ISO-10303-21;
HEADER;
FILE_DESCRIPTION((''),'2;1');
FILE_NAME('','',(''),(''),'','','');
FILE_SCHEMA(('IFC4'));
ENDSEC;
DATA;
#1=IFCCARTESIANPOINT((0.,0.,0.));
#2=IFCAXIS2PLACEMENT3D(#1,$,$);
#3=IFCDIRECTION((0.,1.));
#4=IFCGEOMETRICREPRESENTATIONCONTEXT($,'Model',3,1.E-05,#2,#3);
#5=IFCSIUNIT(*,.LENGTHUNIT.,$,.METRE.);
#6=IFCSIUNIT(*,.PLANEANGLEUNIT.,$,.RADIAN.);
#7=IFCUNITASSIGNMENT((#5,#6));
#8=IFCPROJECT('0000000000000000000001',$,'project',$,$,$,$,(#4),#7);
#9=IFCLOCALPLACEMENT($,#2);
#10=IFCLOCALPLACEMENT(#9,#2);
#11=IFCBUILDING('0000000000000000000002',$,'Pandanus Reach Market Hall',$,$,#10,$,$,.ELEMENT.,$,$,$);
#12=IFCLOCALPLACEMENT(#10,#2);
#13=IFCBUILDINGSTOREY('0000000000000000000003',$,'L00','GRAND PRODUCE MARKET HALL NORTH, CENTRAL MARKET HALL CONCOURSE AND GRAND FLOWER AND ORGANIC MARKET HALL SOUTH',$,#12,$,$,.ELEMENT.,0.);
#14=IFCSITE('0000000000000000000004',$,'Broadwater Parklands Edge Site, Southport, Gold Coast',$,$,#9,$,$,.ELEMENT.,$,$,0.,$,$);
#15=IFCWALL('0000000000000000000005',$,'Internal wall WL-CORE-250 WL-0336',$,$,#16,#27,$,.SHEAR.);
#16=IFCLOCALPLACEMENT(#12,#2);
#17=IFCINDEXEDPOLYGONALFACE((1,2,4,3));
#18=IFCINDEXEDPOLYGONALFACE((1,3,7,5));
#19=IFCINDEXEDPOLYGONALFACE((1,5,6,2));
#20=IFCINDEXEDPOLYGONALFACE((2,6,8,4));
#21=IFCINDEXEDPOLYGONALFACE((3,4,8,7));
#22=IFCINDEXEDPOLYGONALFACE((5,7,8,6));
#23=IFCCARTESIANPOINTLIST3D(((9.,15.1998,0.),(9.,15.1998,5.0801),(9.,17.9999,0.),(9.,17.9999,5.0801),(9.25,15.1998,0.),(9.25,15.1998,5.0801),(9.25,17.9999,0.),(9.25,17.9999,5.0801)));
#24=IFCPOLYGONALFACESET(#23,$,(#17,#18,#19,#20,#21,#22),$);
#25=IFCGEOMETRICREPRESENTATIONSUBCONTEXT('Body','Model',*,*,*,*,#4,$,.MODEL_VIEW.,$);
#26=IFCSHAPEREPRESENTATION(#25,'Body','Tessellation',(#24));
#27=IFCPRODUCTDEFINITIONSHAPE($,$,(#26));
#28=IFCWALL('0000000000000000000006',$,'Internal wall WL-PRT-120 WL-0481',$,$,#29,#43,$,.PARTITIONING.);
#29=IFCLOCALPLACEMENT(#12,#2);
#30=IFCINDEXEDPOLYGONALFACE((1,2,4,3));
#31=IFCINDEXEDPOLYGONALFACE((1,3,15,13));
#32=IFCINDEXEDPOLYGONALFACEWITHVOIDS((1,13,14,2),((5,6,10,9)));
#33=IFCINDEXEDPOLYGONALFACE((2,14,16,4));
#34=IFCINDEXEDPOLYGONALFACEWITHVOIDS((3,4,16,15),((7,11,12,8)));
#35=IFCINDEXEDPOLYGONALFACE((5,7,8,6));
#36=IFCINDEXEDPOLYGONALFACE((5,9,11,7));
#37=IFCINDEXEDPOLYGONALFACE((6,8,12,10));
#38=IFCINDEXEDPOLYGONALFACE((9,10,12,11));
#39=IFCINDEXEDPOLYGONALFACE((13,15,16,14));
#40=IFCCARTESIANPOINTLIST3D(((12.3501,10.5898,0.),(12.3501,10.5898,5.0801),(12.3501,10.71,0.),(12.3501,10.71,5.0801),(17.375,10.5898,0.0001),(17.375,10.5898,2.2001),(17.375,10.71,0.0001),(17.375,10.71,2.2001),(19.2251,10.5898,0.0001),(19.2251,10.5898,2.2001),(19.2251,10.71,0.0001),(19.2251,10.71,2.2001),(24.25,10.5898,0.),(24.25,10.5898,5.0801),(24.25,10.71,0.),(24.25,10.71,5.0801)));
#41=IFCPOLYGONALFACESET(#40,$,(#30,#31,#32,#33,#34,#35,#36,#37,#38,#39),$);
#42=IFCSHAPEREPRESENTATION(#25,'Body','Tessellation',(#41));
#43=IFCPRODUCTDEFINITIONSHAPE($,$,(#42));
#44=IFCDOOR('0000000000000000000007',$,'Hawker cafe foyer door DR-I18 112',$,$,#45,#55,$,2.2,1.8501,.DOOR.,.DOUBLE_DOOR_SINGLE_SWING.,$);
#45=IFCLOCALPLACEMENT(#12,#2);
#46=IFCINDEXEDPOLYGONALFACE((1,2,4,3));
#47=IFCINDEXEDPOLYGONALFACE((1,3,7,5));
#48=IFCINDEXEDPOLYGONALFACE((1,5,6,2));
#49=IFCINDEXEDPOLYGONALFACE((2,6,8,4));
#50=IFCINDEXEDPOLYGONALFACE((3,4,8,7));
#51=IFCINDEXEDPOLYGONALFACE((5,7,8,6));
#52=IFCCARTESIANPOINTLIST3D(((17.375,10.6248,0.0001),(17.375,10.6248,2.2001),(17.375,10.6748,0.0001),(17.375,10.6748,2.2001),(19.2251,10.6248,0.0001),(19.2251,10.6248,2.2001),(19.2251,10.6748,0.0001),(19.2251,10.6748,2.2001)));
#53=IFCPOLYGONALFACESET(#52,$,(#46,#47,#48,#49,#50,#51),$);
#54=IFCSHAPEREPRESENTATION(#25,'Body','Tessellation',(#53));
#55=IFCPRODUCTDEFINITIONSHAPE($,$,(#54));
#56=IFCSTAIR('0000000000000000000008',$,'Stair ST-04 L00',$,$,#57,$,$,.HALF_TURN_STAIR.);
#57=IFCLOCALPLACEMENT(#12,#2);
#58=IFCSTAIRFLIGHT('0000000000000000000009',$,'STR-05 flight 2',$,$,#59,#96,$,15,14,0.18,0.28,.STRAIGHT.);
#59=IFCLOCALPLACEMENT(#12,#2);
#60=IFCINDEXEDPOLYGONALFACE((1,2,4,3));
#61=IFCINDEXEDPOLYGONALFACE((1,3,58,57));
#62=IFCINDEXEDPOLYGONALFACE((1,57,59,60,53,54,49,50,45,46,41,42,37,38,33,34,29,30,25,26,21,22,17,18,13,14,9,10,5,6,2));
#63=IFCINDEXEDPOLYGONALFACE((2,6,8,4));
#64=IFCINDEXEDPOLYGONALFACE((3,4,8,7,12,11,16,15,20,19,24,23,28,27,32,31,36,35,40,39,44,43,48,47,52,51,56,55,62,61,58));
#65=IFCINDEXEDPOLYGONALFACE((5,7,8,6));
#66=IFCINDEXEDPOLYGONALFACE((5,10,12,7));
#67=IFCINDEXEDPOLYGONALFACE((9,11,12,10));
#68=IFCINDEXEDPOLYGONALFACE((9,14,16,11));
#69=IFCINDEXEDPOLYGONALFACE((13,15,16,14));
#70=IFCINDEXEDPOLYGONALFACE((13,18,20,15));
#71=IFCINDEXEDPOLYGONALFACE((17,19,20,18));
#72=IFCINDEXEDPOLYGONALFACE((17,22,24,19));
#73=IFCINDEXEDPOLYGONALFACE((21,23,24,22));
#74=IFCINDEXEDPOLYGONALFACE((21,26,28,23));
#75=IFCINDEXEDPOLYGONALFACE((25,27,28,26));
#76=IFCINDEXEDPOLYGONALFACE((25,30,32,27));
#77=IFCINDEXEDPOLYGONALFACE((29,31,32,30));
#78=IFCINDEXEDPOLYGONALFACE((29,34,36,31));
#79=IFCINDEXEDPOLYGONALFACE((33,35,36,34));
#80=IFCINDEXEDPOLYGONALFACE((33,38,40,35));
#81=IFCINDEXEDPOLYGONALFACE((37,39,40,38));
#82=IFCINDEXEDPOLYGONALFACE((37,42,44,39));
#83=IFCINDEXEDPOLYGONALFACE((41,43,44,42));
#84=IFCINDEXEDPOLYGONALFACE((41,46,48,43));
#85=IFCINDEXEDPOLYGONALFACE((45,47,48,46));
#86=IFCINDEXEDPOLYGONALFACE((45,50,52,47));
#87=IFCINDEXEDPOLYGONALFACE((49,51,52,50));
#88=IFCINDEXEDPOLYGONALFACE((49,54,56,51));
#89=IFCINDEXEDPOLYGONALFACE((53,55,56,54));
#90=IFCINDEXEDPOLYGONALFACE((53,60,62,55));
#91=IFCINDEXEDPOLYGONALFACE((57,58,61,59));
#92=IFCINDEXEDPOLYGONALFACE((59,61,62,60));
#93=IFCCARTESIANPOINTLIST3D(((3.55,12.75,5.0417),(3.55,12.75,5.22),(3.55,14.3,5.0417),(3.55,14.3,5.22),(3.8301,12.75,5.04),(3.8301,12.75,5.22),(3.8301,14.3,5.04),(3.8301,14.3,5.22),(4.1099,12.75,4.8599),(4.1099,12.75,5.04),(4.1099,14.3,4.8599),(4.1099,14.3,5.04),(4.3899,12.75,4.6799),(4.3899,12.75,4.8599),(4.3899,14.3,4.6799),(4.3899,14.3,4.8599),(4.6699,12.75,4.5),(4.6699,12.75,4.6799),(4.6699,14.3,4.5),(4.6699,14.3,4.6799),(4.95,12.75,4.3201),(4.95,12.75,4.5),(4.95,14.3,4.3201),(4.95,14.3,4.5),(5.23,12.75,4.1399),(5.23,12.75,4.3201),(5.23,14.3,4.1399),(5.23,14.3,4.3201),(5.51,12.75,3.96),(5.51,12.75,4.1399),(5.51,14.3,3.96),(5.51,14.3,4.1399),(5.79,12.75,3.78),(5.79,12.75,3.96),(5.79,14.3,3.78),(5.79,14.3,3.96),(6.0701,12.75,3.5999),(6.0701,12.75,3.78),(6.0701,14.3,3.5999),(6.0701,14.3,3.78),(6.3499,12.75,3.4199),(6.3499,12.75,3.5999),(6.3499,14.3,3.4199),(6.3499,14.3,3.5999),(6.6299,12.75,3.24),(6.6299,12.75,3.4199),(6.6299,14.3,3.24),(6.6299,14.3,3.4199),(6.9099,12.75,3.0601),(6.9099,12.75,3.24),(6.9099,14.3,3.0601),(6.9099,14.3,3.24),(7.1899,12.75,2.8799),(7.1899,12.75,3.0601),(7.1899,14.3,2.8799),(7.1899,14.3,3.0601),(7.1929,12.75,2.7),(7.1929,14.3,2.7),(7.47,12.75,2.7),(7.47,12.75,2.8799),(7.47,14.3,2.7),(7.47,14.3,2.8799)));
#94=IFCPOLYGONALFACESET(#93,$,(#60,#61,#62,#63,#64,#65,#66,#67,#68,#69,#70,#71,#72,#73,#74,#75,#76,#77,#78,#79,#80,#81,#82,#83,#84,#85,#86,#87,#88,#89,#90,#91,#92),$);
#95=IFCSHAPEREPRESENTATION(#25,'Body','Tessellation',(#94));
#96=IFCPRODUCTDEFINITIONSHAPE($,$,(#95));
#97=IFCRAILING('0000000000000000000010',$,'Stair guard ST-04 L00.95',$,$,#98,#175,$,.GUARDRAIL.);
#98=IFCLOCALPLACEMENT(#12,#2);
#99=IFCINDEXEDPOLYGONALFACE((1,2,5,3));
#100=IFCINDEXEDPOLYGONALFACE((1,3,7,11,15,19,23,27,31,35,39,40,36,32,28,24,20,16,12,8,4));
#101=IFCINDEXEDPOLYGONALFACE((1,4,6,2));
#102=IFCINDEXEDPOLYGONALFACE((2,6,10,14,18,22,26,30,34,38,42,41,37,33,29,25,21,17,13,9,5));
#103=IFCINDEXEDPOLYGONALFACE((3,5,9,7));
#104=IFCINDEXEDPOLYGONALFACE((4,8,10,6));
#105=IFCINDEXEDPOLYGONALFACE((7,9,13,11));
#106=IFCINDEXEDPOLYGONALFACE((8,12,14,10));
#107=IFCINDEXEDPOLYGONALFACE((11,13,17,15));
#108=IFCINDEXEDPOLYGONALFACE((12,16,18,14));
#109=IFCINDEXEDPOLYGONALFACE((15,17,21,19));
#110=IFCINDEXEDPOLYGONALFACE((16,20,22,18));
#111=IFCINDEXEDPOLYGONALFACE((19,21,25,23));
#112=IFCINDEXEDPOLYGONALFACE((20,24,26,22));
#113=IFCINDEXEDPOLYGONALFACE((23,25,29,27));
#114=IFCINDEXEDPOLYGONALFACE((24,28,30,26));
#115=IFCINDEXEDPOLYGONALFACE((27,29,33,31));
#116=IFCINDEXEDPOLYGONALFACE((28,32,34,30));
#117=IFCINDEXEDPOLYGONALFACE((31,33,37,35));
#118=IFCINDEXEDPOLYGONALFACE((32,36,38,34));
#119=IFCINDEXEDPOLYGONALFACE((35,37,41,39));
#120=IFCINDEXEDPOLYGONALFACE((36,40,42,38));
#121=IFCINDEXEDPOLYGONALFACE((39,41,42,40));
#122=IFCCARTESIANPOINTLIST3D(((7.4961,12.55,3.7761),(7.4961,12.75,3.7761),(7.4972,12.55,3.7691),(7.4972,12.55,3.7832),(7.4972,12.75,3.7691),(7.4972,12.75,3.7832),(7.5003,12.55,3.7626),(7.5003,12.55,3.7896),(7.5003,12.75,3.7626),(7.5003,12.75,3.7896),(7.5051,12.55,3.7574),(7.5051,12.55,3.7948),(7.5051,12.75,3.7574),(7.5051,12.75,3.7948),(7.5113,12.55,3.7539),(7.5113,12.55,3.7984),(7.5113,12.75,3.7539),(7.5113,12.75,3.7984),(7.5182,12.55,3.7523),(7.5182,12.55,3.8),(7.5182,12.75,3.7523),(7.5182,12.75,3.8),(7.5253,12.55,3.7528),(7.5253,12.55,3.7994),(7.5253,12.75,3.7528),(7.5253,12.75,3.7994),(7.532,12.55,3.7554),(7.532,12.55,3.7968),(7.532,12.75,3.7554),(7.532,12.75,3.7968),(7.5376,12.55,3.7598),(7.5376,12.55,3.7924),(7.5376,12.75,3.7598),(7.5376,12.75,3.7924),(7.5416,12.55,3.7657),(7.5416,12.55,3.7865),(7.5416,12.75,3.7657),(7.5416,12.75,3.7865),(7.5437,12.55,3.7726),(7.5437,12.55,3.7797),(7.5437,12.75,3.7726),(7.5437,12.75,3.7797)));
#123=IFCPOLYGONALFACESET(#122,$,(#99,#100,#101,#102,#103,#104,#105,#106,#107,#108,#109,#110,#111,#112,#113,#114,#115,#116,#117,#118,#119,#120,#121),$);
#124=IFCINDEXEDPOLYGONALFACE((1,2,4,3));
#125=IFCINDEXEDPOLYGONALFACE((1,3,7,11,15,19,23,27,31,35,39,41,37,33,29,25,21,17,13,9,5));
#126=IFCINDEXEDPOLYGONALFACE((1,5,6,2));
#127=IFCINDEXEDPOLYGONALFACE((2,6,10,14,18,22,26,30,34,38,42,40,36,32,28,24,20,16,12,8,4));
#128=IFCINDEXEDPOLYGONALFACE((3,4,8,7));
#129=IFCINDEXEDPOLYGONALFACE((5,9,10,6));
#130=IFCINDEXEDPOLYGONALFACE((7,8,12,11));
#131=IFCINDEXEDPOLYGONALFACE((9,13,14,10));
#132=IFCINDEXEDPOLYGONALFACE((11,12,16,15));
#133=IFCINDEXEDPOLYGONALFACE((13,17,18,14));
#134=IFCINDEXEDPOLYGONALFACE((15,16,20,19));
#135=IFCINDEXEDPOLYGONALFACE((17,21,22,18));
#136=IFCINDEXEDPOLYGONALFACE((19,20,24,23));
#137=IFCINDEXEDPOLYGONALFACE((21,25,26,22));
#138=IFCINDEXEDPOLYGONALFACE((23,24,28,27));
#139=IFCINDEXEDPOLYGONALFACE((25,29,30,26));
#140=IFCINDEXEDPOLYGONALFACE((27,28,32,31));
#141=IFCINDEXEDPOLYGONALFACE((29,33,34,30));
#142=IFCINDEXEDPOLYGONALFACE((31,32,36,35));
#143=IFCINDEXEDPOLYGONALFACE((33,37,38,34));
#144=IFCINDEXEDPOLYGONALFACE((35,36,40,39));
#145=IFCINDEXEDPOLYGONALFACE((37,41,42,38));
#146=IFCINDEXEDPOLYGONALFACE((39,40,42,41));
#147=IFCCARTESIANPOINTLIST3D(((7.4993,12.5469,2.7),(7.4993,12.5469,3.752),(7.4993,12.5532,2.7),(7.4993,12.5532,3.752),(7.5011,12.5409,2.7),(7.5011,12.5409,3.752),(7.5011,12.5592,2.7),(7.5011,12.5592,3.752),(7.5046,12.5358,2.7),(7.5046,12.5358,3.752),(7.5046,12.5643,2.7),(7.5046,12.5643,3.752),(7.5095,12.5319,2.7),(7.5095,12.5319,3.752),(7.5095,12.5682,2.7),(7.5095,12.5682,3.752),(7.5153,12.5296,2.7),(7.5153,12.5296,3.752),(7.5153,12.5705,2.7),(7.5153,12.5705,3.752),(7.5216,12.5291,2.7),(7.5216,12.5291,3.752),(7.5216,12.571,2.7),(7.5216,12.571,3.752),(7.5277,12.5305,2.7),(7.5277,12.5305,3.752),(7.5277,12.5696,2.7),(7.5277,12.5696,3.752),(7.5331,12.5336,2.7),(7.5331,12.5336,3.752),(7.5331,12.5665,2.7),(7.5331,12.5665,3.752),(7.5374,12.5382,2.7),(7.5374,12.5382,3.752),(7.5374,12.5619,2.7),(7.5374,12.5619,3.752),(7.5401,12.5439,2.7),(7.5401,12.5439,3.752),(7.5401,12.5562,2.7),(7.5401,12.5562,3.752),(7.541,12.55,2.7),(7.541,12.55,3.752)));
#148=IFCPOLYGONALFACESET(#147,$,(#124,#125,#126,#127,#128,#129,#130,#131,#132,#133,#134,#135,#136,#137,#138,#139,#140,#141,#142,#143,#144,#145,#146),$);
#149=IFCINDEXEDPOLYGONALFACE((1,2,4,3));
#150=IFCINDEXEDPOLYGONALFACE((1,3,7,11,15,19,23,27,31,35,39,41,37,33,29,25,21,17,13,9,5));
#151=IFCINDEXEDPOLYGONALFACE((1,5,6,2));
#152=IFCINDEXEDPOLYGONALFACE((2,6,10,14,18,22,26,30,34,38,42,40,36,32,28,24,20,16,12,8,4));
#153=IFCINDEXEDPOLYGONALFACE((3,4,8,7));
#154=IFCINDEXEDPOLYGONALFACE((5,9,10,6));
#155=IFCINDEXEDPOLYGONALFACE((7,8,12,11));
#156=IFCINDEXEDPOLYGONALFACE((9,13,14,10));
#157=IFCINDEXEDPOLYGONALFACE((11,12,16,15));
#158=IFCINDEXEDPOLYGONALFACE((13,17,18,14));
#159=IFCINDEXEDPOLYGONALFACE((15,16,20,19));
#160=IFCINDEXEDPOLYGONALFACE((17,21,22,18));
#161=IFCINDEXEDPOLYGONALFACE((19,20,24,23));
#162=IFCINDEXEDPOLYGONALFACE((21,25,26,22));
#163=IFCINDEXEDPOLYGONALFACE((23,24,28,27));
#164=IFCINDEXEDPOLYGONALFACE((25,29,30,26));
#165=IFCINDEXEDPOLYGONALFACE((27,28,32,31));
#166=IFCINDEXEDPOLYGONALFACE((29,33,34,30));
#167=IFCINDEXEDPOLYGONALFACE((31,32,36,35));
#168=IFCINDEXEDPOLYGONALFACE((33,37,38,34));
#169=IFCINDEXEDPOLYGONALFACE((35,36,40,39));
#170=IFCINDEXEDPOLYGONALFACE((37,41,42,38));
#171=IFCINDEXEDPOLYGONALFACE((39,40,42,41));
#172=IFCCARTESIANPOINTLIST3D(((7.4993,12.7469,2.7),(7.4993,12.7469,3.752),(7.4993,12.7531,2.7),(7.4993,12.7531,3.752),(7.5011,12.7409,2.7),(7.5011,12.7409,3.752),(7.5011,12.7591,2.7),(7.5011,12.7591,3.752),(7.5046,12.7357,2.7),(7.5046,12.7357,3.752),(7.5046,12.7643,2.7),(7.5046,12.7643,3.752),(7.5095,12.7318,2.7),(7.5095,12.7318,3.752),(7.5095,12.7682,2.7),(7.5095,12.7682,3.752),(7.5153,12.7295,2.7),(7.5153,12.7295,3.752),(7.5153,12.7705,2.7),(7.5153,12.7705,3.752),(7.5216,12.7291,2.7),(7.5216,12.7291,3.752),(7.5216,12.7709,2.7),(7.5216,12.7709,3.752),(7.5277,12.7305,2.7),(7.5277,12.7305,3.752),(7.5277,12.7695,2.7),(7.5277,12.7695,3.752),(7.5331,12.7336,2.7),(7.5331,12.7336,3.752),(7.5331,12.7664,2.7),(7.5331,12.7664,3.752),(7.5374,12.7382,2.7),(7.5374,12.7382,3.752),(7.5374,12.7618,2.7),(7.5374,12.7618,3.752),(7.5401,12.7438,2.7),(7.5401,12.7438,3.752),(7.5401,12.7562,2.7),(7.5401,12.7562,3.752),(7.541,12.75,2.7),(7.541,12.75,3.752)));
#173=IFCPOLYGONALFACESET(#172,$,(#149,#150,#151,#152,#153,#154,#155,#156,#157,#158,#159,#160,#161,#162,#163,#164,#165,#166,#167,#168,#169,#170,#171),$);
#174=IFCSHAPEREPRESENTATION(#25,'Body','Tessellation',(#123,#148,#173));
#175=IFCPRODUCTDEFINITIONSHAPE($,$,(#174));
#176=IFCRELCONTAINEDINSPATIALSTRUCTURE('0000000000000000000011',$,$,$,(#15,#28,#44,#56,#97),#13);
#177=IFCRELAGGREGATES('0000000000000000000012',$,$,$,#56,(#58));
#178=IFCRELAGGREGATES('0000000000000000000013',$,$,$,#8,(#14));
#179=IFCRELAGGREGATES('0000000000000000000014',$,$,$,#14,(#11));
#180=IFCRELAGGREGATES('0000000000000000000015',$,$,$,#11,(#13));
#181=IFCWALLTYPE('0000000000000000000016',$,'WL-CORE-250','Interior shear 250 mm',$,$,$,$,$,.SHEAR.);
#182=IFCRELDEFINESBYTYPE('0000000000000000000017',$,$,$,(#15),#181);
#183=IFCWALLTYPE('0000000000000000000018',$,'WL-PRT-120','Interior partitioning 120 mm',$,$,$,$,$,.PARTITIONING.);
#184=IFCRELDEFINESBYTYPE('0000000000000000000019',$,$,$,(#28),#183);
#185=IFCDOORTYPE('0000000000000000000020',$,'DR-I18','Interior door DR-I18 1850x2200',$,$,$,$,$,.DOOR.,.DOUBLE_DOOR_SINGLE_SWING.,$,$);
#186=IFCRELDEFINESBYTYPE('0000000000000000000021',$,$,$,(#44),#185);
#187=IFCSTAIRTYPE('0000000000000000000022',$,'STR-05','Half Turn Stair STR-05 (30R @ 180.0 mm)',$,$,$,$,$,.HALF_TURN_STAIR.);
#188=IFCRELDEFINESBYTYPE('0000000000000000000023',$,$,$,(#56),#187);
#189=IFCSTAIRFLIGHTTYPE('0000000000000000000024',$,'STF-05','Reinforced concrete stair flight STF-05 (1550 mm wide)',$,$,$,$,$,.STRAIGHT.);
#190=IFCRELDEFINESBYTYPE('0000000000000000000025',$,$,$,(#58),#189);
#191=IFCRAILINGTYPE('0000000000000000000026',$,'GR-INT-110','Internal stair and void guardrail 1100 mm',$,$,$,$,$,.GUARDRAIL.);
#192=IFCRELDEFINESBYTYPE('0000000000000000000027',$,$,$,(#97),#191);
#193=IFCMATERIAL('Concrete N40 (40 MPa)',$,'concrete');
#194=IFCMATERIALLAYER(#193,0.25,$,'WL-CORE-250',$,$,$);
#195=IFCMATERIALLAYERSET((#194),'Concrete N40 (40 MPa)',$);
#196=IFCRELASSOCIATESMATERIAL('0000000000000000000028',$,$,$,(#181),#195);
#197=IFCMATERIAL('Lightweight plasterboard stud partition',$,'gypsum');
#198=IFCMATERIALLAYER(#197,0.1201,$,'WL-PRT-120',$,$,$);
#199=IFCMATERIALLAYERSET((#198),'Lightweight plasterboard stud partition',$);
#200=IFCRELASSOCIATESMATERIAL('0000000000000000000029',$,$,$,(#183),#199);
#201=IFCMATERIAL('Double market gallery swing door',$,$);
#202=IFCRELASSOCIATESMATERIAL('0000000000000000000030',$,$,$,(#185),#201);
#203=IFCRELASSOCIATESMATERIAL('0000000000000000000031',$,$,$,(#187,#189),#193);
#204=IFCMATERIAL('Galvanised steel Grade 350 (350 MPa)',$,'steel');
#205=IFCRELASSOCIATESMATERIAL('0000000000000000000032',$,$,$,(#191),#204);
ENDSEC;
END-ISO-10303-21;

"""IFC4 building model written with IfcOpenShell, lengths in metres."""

from ifc_helpers import new_model, si_unit, direction, frame, frame_2d, origin, origin_2d, place, context, subcontext, project, spatial, polyline, rectangle, circle, outline, extrude, material, layer, layer_set, type_object, element, fill, aggregate, save


model = new_model("IFC4")

# Units and contexts
model_context = context("Model", 3, precision=1e-05, world=origin(), true_north=direction((0.0, 1.0)))
body_context = subcontext(model_context, "Body", "Model", "MODEL_VIEW")
ifc_project = project(units=[si_unit("LENGTHUNIT", "METRE"), si_unit("PLANEANGLEUNIT", "RADIAN")], contexts=[model_context])

# Site, building, storey
site_placement = place(None, origin())
site = spatial("IfcSite", under=ifc_project, at=site_placement, Name="Broadwater Parklands Edge Site, Southport, Gold Coast", CompositionType="ELEMENT", RefElevation=0.0)
building_placement = place(site_placement, origin())
building = spatial("IfcBuilding", under=site, at=building_placement, Name="Pandanus Reach Market Hall", CompositionType="ELEMENT")
storey_placement = place(building_placement, origin())
storey = spatial("IfcBuildingStorey", under=building, at=storey_placement, Name="L00", Description="GRAND PRODUCE MARKET HALL NORTH, CENTRAL MARKET HALL CONCOURSE AND GRAND FLOWER AND ORGANIC MARKET HALL SOUTH", CompositionType="ELEMENT", Elevation=0.0)

# Shared definitions
ifc_material_1 = material(Name="Concrete N40 (40 MPa)", Category="concrete")

# Wall
ifc_layer_1 = layer(ifc_material_1, 0.25, Name="WL-CORE-250")
ifc_layer_set_1 = layer_set([ifc_layer_1], Name="Concrete N40 (40 MPa)")
wall_type_1 = type_object("IfcWallType", Name="WL-CORE-250", Description="Interior shear 250 mm", PredefinedType="SHEAR", material=ifc_layer_set_1)
wall_1_placement = place(storey_placement, frame((9.125, 15.2, 0.0), z_axis=(0.0, 0.0, 1.0), x_axis=(0.0, 1.0, 0.0)))
element("IfcWall", 1, at=wall_1_placement, inside=storey, type_object=wall_type_1, Name="Internal wall WL-CORE-250 WL-0336", PredefinedType="SHEAR", context=body_context, shape_type="SweptSolid", body=[
    extrude(rectangle(XDim=2.8, YDim=0.25, at=frame_2d((1.3999, 0.0))), origin(), (0.0, 0.0, 1.0), 5.0801),
])

# Wall, opening, door
ifc_material_2 = material(Name="Lightweight plasterboard stud partition", Category="gypsum")
ifc_layer_2 = layer(ifc_material_2, 0.1201, Name="WL-PRT-120")
ifc_layer_set_2 = layer_set([ifc_layer_2], Name="Lightweight plasterboard stud partition")
wall_type_2 = type_object("IfcWallType", Name="WL-PRT-120", Description="Interior partitioning 120 mm", PredefinedType="PARTITIONING", material=ifc_layer_set_2)
wall_2_placement = place(storey_placement, frame((12.3501, 10.6499, 0.0), z_axis=(0.0, 0.0, 1.0), x_axis=(1.0, 0.0, 0.0)))
wall_2 = element("IfcWall", 2, at=wall_2_placement, inside=storey, type_object=wall_type_2, Name="Internal wall WL-PRT-120 WL-0481", PredefinedType="PARTITIONING", context=body_context, shape_type="SweptSolid", body=[
    extrude(rectangle(XDim=11.8999, YDim=0.1201, at=frame_2d((5.95, 0.0))), origin(), (0.0, 0.0, 1.0), 5.0801),
])
opening_1_placement = place(wall_2_placement, frame((5.0249, 0.0, 0.0)))
opening_1 = element("IfcOpeningElement", 3, at=opening_1_placement, cuts=wall_2, PredefinedType="OPENING", context=body_context, shape_type="SweptSolid", body=[
    extrude(rectangle(XDim=1.8501, YDim=2.2, at=frame_2d((0.925, 1.1001))), frame((0.0, 0.075, 0.0), z_axis=(0.0, -1.0, 0.0), x_axis=(1.0, 0.0, 0.0)), (0.0, 0.0, 1.0), 0.1501),
])
ifc_material_3 = material(Name="Double market gallery swing door")
door_type_1 = type_object("IfcDoorType", Name="DR-I18", Description="Interior door DR-I18 1850x2200", OperationType="DOUBLE_DOOR_SINGLE_SWING", PredefinedType="DOOR", material=ifc_material_3)
door_1_placement = place(opening_1_placement, origin())
door_1 = element("IfcDoor", 4, at=door_1_placement, inside=storey, type_object=door_type_1, Name="Hawker cafe foyer door DR-I18 112", OperationType="DOUBLE_DOOR_SINGLE_SWING", OverallHeight=2.2, OverallWidth=1.8501, PredefinedType="DOOR", context=body_context, shape_type="SweptSolid", body=[
    extrude(rectangle(XDim=1.8501, YDim=2.2, at=frame_2d((0.925, 1.1001))), frame((0.0, 0.0249, 0.0), z_axis=(0.0, -1.0, 0.0), x_axis=(1.0, 0.0, 0.0)), (0.0, 0.0, 1.0), 0.05),
])
fill(opening_1, door_1)

# Stair, stair flight
stair_type = type_object("IfcStairType", Name="STR-05", Description="Half Turn Stair STR-05 (30R @ 180.0 mm)", PredefinedType="HALF_TURN_STAIR", material=ifc_material_1)
stair_placement = place(storey_placement, origin())
stair = element("IfcStair", 5, at=stair_placement, inside=storey, type_object=stair_type, Name="Stair ST-04 L00", PredefinedType="HALF_TURN_STAIR")
stair_flight_type = type_object("IfcStairFlightType", Name="STF-05", Description="Reinforced concrete stair flight STF-05 (1550 mm wide)", PredefinedType="STRAIGHT", material=ifc_material_1)
stair_flight_placement = place(storey_placement, frame((7.47, 13.5249, 2.7), z_axis=(0.0, 0.0, 1.0), x_axis=(-1.0, 0.0, 0.0)))
stair_flight = element("IfcStairFlight", 6, at=stair_flight_placement, type_object=stair_flight_type, Name="STR-05 flight 2", NumberOfRisers=15, NumberOfTreads=14, PredefinedType="STRAIGHT", RiserHeight=0.18, TreadLength=0.28, context=body_context, shape_type="SweptSolid", body=[
    extrude(outline(polyline([(0.0, 0.0), (0.0, 0.1799), (0.28, 0.1799), (0.28, 0.3601), (0.5601, 0.3601), (0.5601, 0.54), (0.8401, 0.54), (0.8401, 0.72), (1.1201, 0.72), (1.1201, 0.8999), (1.3999, 0.8999), (1.3999, 1.0801), (1.6799, 1.0801), (1.6799, 1.26), (1.96, 1.26), (1.96, 1.4399), (2.24, 1.4399), (2.24, 1.6201), (2.52, 1.6201), (2.52, 1.8), (2.8, 1.8), (2.8, 1.98), (3.0801, 1.98), (3.0801, 2.1599), (3.3601, 2.1599), (3.3601, 2.3401), (3.6399, 2.3401), (3.6399, 2.52), (3.9199, 2.52), (3.9199, 2.7), (3.9199, 2.3418), (0.2771, 0.0), (0.0, 0.0)])), frame((0.0, 0.7749, 0.0), z_axis=(0.0, -1.0, 0.0), x_axis=(1.0, 0.0, 0.0)), (0.0, 0.0, 1.0), 1.55),
])
aggregate(stair, [stair_flight])

# Railing
ifc_material_4 = material(Name="Galvanised steel Grade 350 (350 MPa)", Category="steel")
railing_type_1 = type_object("IfcRailingType", Name="GR-INT-110", Description="Internal stair and void guardrail 1100 mm", PredefinedType="GUARDRAIL", material=ifc_material_4)
railing_1_placement = place(storey_placement, frame((7.52, 12.55, 2.7)))
element("IfcRailing", 7, at=railing_1_placement, inside=storey, type_object=railing_type_1, Name="Stair guard ST-04 L00.95", PredefinedType="GUARDRAIL", context=body_context, shape_type="SweptSolid", body=[
    extrude(circle(Radius=0.0239, at=origin_2d()), frame((0.0, 0.0, 1.0762), z_axis=(0.0, 1.0, 0.0), x_axis=(-1.0, 0.0, 0.0)), (0.0, 0.0, 1.0), 0.2),
    extrude(circle(Radius=0.021, at=origin_2d()), origin(), (0.0, 0.0, 1.0), 1.052),
    extrude(circle(Radius=0.021, at=origin_2d()), frame((0.0, 0.2, 0.0)), (0.0, 0.0, 1.0), 1.052),
])

save(model, "model.ifc")
